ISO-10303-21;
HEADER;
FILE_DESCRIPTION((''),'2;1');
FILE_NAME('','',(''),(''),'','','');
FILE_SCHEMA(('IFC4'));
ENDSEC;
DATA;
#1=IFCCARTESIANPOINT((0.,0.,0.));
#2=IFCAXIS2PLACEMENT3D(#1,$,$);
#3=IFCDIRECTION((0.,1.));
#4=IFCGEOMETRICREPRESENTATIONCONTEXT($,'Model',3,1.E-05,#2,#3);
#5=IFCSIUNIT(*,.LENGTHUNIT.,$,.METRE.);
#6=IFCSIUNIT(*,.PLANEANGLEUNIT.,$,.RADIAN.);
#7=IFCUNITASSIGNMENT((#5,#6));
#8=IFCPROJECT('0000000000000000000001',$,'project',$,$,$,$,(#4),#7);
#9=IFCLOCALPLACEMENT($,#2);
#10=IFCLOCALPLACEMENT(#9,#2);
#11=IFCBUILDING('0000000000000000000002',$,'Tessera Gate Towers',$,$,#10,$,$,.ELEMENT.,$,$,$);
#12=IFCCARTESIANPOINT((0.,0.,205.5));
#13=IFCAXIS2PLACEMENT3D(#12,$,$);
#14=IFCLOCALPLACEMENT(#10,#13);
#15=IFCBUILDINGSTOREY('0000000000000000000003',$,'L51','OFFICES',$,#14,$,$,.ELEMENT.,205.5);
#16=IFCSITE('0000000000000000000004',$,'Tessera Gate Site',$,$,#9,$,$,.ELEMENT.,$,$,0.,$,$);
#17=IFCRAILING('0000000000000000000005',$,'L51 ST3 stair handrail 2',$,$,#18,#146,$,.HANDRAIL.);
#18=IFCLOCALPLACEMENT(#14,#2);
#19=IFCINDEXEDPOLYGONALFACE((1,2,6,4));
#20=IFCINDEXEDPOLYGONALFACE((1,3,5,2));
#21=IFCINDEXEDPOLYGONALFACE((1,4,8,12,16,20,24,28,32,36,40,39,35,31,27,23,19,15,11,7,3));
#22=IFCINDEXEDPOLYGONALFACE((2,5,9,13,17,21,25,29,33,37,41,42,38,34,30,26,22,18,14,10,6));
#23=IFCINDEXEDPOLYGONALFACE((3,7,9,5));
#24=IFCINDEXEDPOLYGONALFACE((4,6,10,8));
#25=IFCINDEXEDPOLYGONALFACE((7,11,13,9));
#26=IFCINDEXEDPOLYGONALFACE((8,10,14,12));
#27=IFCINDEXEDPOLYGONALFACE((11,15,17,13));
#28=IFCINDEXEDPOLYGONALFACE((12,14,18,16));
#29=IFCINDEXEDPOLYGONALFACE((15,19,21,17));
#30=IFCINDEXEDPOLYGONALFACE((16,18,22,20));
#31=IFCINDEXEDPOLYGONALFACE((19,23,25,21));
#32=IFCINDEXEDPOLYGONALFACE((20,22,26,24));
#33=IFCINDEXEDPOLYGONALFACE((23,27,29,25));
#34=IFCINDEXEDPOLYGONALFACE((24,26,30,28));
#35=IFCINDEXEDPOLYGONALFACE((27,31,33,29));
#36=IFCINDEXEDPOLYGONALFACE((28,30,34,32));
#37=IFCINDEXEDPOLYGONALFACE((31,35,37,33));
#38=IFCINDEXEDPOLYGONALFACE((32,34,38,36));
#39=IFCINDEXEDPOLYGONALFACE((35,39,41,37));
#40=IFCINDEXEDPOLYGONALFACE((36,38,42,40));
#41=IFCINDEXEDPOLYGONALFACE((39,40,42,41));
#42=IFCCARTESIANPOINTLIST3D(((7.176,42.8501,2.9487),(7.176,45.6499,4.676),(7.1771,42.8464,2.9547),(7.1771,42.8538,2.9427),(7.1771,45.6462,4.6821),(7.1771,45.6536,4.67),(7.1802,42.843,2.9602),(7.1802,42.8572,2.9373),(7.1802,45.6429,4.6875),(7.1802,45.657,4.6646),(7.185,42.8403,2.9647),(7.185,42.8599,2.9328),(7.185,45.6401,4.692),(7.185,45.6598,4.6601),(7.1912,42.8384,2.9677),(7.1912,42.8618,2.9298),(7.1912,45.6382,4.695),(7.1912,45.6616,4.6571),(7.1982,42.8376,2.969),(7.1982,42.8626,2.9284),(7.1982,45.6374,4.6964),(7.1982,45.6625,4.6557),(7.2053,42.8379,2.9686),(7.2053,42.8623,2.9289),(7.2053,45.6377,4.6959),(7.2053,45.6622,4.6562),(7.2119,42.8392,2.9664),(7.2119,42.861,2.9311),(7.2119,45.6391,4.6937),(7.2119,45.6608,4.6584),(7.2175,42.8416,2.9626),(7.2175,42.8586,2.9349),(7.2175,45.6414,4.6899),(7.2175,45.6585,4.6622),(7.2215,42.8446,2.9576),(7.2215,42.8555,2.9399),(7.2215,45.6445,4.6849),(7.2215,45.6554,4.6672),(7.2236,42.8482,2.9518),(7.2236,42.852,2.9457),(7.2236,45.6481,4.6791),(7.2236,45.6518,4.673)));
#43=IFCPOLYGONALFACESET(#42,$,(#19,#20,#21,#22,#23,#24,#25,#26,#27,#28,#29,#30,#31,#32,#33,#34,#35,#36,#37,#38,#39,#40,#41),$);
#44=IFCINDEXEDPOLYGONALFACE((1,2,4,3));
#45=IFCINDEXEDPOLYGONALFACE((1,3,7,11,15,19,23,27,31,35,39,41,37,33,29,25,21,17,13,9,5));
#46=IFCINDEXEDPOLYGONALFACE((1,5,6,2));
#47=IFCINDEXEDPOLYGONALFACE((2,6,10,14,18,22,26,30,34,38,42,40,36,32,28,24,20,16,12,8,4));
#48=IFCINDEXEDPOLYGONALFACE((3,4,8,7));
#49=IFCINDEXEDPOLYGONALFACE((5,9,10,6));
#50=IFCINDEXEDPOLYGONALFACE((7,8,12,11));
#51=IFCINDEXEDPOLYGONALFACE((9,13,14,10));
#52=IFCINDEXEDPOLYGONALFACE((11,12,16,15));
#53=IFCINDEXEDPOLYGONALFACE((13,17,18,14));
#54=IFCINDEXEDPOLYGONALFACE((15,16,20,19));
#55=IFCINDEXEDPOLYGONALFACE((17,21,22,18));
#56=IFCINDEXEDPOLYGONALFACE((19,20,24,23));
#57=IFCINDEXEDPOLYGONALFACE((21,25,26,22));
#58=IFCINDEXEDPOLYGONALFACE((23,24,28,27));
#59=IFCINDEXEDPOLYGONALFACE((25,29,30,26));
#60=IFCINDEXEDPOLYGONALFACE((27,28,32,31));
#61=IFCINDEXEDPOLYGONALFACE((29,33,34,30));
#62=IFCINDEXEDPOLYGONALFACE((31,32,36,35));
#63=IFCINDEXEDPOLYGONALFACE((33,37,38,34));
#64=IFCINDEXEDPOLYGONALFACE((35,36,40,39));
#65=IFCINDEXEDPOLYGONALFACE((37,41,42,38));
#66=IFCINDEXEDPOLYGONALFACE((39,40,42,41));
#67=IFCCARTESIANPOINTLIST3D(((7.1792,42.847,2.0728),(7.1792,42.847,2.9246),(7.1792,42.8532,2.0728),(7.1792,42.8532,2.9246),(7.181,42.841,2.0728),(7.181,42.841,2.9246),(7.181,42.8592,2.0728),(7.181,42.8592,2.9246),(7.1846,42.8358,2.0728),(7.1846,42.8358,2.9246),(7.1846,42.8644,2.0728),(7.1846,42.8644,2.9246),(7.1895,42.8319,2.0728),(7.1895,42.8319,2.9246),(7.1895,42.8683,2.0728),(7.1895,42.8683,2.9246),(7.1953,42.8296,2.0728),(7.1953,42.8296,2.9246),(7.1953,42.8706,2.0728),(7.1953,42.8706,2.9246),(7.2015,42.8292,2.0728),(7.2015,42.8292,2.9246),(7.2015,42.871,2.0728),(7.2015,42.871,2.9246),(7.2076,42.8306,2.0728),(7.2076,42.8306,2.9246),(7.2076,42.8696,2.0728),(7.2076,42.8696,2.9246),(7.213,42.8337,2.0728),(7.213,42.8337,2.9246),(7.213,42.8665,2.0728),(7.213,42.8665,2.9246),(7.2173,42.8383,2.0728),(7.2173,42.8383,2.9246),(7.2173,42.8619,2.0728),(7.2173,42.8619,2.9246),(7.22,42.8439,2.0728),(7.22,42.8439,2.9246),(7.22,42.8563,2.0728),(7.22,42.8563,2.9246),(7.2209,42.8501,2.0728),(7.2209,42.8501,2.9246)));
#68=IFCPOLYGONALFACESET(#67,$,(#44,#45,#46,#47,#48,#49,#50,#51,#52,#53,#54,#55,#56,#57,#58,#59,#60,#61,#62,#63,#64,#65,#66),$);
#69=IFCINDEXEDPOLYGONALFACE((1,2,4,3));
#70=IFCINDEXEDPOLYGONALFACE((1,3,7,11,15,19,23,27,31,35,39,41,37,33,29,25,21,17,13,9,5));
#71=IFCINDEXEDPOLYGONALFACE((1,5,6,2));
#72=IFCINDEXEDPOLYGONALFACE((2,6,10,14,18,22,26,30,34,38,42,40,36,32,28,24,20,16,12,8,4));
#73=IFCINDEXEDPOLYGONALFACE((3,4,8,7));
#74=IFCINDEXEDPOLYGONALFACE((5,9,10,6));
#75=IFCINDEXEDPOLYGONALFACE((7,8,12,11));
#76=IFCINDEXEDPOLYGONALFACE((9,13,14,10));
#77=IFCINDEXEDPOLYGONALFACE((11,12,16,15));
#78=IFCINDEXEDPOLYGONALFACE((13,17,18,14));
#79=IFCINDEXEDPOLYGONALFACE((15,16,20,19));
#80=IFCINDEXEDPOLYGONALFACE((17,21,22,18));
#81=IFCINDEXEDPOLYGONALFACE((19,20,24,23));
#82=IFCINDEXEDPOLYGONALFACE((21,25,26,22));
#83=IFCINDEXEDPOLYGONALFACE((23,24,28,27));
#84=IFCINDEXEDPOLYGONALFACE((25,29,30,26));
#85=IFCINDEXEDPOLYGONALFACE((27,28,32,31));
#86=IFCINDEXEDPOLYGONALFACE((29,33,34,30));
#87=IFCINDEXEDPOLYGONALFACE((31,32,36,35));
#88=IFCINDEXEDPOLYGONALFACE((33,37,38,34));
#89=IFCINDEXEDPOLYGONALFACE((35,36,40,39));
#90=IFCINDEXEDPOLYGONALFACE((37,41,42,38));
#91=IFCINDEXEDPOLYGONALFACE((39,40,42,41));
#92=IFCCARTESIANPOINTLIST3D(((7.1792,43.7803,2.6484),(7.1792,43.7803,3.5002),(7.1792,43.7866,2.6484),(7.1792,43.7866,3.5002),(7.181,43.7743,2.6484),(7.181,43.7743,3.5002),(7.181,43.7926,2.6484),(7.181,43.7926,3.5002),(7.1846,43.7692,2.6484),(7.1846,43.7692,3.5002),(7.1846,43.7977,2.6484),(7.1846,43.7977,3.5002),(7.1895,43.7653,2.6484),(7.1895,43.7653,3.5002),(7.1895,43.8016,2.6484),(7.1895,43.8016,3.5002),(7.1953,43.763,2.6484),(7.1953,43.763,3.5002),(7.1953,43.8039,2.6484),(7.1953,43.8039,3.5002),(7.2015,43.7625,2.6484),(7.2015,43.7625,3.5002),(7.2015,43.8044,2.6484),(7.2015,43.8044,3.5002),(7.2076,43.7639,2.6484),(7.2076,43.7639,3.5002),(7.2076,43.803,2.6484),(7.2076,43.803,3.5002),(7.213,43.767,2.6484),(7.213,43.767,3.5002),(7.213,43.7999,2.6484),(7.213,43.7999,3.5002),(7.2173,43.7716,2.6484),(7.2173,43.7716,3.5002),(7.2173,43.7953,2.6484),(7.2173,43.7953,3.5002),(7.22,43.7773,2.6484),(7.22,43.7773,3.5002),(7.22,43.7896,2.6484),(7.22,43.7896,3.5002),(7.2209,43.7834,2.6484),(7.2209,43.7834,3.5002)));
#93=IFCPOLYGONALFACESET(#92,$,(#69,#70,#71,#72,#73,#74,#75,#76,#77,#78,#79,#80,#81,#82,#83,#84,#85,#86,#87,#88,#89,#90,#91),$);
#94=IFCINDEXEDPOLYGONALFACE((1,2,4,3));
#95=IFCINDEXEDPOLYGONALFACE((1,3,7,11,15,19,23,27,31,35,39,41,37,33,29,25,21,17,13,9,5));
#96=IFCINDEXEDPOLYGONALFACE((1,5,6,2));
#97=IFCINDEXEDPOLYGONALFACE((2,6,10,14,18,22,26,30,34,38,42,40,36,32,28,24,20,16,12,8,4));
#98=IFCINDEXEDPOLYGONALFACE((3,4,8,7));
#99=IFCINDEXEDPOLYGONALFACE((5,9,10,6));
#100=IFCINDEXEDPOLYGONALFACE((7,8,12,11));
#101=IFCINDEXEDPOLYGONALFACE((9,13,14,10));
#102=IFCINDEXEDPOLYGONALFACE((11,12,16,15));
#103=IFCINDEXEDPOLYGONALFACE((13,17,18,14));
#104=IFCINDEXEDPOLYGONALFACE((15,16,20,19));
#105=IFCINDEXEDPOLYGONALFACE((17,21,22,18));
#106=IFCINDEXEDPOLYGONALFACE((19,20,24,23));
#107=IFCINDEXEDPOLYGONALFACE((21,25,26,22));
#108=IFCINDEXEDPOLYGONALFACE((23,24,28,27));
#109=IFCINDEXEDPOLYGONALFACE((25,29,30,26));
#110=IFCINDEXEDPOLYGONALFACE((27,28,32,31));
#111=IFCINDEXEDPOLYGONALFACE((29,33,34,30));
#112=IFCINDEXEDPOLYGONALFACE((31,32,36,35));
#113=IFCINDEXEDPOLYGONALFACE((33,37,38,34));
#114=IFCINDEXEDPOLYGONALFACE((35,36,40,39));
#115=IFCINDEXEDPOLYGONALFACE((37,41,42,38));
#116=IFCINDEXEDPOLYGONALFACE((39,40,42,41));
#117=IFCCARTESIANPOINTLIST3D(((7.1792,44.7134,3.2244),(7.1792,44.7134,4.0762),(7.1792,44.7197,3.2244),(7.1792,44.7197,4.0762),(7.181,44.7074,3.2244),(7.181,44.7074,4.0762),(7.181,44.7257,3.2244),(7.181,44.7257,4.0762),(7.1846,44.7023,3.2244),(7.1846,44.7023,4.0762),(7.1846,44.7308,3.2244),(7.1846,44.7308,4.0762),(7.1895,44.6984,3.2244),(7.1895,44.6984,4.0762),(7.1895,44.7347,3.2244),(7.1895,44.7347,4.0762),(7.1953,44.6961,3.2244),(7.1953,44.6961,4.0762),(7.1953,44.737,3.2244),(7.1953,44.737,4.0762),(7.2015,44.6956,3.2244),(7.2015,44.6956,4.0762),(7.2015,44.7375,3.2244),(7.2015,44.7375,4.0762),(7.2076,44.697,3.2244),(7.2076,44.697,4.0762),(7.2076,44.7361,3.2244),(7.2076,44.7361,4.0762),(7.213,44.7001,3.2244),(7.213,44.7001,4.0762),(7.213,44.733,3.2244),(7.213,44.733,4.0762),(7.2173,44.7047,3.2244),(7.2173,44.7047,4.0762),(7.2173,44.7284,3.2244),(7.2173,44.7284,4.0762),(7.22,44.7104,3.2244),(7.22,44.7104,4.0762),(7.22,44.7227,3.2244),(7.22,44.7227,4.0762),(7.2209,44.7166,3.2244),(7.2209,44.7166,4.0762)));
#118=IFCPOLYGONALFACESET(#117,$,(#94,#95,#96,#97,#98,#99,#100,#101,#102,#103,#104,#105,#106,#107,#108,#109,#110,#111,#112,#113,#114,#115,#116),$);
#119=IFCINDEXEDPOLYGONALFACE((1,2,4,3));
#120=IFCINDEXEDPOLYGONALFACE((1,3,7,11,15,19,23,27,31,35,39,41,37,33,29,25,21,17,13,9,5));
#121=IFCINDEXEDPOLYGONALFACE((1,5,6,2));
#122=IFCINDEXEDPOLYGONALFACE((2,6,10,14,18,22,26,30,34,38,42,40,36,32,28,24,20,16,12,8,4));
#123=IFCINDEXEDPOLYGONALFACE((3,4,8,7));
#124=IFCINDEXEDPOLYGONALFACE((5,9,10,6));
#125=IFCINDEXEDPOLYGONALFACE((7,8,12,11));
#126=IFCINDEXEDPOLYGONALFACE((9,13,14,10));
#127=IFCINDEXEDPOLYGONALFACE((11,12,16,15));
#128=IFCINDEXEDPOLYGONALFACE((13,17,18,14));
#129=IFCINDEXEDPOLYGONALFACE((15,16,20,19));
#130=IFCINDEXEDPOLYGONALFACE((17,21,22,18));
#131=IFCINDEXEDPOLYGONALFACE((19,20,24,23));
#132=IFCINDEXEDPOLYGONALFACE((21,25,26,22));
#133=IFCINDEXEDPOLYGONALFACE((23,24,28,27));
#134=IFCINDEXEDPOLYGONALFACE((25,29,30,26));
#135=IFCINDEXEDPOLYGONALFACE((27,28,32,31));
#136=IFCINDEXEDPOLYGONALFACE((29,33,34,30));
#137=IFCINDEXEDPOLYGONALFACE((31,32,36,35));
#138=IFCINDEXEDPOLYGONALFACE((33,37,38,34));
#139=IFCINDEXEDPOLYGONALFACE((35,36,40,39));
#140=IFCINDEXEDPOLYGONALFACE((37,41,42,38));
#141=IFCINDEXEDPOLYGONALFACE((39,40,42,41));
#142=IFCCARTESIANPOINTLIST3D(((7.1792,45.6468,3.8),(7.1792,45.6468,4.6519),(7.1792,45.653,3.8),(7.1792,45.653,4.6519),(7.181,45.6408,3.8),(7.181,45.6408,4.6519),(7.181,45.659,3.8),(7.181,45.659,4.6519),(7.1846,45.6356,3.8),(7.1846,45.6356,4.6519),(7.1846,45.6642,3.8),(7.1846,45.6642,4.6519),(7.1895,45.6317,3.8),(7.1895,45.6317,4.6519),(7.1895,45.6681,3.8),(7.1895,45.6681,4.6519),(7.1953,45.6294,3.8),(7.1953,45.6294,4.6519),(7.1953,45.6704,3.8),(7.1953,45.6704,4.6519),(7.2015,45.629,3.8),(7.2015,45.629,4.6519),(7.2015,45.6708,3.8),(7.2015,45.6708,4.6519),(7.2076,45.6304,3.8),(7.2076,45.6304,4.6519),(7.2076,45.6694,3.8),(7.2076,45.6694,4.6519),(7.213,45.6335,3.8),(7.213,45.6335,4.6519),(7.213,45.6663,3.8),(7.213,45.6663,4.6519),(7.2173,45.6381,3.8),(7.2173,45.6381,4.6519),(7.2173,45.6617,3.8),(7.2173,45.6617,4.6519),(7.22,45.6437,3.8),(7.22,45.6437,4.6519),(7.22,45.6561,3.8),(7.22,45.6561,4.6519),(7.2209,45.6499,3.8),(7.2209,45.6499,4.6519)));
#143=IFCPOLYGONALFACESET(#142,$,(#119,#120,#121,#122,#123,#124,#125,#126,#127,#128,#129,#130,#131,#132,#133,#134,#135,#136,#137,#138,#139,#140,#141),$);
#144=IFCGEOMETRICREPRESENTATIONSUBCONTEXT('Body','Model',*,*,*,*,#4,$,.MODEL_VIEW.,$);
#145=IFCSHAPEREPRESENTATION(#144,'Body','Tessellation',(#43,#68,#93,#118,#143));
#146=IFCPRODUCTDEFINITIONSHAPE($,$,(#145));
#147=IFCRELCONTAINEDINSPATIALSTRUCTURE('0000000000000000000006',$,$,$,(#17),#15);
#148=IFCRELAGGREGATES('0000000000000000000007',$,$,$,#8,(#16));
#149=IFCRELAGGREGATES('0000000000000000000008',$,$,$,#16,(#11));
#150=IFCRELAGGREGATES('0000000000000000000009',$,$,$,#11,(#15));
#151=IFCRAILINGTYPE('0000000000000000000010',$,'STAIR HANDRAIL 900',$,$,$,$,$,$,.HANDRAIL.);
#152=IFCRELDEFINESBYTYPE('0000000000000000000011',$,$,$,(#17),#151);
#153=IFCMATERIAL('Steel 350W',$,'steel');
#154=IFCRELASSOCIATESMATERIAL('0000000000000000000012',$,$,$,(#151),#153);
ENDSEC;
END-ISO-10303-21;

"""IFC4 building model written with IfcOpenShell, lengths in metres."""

from ifc_helpers import new_model, si_unit, direction, frame, origin, origin_2d, place, context, subcontext, project, spatial, circle, extrude, material, type_object, element, save


model = new_model("IFC4")

# Units and contexts
model_context = context("Model", 3, precision=1e-05, world=origin(), true_north=direction((0.0, 1.0)))
body_context = subcontext(model_context, "Body", "Model", "MODEL_VIEW")
ifc_project = project(units=[si_unit("LENGTHUNIT", "METRE"), si_unit("PLANEANGLEUNIT", "RADIAN")], contexts=[model_context])

# Site, building, storey
site_placement = place(None, origin())
site = spatial("IfcSite", under=ifc_project, at=site_placement, Name="Tessera Gate Site", CompositionType="ELEMENT", RefElevation=0.0)
building_placement = place(site_placement, origin())
building = spatial("IfcBuilding", under=site, at=building_placement, Name="Tessera Gate Towers", CompositionType="ELEMENT")
storey_placement = place(building_placement, frame((0.0, 0.0, 205.5)))
storey = spatial("IfcBuildingStorey", under=building, at=storey_placement, Name="L51", Description="OFFICES", CompositionType="ELEMENT", Elevation=205.5)

# Railing
ifc_material_1 = material(Name="Steel 350W", Category="steel")
railing_type_1 = type_object("IfcRailingType", Name="STAIR HANDRAIL 900", PredefinedType="HANDRAIL", material=ifc_material_1)
railing_1_placement = place(storey_placement, frame((7.2, 42.8501, 2.0728)))
element("IfcRailing", 1, at=railing_1_placement, inside=storey, type_object=railing_type_1, Name="L51 ST3 stair handrail 2", PredefinedType="HANDRAIL", context=body_context, shape_type="SweptSolid", body=[
    extrude(circle(Radius=0.0239, at=origin_2d()), frame((0.0, 0.0, 0.876), z_axis=(0.0, 0.851069, 0.525054), x_axis=(-1.0, 0.0, 0.0)), (0.0, 0.0, 1.0), 3.2898),
    extrude(circle(Radius=0.021, at=origin_2d()), origin(), (0.0, 0.0, 1.0), 0.8518),
    extrude(circle(Radius=0.021, at=origin_2d()), frame((0.0, 0.9333, 0.5757)), (0.0, 0.0, 1.0), 0.8518),
    extrude(circle(Radius=0.021, at=origin_2d()), frame((0.0, 1.8665, 1.1516)), (0.0, 0.0, 1.0), 0.8518),
    extrude(circle(Radius=0.021, at=origin_2d()), frame((0.0, 2.7998, 1.7273)), (0.0, 0.0, 1.0), 0.8518),
])

save(model, "model.ifc")
